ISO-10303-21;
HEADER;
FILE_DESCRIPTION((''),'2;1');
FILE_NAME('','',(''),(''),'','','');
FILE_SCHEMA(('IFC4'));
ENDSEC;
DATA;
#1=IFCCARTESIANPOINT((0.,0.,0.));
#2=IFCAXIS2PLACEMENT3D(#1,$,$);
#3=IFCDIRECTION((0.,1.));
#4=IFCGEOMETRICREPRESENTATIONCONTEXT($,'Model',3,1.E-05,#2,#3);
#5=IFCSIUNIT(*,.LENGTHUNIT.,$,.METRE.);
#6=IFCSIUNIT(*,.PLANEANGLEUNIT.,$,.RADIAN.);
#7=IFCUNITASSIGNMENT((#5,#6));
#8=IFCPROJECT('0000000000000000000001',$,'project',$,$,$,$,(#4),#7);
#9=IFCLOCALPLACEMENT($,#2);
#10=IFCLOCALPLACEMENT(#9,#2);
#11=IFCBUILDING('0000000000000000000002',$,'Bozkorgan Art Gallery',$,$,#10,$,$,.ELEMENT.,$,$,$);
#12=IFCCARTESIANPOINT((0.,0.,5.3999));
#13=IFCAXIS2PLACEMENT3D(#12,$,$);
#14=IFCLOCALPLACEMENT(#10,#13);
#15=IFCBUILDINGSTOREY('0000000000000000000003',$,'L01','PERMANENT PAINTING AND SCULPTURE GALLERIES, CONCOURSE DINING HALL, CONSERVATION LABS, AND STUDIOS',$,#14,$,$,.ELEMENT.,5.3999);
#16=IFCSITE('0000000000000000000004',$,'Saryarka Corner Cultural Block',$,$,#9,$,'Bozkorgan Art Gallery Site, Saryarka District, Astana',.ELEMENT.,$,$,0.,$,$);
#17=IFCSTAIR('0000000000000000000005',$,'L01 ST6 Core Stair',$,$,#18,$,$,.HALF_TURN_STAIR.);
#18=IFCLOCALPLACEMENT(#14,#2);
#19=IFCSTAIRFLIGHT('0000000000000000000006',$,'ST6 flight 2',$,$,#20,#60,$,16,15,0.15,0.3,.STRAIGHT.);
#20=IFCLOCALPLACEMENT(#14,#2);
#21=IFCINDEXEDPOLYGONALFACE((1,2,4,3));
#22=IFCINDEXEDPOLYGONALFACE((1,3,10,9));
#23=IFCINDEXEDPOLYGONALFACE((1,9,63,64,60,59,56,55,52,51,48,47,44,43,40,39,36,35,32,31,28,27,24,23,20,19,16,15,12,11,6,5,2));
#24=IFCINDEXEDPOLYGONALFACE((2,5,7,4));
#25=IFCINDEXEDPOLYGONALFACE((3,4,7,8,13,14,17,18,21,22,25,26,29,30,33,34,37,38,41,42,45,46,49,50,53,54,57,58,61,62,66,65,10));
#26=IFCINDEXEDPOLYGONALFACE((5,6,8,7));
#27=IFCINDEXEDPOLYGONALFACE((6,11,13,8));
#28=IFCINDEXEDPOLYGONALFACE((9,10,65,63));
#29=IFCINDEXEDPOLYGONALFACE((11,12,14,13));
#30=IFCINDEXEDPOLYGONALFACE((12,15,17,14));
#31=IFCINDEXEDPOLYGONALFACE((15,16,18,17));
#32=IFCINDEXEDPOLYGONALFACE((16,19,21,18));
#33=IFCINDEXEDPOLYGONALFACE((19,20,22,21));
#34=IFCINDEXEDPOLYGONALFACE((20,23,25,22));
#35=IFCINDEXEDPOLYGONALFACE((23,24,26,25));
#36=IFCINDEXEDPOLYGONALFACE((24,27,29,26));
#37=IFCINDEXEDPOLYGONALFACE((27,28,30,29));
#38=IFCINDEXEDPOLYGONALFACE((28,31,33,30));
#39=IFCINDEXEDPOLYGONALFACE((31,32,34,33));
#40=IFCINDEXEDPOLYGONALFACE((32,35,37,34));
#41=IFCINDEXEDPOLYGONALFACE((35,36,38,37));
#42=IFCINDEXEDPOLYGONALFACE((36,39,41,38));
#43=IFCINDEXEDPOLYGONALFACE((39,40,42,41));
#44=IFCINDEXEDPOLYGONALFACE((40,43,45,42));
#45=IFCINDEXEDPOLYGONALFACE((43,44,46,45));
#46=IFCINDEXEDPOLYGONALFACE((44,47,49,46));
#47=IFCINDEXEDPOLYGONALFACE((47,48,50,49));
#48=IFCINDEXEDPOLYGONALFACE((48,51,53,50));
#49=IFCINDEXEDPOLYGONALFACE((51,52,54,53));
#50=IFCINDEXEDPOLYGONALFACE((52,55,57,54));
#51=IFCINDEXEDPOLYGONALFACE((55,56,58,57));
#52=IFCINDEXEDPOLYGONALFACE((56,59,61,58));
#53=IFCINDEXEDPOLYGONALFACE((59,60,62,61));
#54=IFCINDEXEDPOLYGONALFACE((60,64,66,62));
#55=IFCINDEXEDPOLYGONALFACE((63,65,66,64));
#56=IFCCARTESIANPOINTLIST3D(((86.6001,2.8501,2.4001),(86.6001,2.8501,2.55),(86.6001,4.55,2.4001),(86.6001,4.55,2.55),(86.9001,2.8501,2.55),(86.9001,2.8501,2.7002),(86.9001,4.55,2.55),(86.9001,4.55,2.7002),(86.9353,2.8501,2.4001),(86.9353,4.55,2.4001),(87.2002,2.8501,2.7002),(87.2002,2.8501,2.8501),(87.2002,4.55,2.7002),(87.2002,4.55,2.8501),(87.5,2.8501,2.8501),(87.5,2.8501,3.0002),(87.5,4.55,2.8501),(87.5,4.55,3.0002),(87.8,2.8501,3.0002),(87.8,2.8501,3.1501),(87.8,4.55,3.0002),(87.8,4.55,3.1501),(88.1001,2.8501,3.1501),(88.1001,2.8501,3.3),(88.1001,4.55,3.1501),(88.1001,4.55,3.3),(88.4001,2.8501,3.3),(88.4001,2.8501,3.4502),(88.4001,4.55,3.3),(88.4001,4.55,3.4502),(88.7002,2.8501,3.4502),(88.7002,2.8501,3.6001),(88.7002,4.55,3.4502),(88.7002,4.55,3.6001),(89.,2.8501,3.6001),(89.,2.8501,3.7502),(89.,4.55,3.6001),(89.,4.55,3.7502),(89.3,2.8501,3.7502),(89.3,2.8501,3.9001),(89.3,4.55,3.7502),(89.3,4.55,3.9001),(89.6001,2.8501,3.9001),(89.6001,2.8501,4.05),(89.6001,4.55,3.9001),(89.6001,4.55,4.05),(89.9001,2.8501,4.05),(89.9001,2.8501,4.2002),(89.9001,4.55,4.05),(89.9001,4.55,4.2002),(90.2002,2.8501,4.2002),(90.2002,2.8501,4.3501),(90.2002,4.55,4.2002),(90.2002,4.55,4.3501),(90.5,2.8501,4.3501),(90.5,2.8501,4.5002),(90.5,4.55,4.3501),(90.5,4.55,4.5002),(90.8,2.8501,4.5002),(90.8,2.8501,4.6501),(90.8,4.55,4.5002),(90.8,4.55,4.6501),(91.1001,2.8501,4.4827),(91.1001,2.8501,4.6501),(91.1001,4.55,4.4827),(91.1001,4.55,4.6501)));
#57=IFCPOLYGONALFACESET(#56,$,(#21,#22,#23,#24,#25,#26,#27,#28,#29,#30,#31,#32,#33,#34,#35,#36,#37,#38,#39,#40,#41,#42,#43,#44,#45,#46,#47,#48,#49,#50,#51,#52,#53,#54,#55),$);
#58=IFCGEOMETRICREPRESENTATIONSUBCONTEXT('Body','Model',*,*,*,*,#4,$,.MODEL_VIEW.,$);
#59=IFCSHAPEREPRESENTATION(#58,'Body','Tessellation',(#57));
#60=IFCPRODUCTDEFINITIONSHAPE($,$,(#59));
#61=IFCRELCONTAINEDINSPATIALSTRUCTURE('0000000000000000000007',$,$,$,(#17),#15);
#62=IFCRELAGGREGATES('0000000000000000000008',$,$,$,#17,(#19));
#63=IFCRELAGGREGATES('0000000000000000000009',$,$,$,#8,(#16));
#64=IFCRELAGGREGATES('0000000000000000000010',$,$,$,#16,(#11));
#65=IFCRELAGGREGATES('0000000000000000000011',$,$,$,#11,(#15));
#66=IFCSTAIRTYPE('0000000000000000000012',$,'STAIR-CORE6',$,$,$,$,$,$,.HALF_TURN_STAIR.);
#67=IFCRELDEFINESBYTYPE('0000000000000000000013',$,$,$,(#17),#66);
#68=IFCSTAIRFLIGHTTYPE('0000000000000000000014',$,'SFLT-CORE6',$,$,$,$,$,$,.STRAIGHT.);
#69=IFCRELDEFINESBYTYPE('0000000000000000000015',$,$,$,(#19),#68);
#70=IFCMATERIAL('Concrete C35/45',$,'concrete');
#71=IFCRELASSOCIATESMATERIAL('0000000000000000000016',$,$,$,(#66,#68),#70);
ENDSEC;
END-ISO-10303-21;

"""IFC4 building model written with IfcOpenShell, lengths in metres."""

from ifc_helpers import new_model, si_unit, direction, frame, origin, place, context, subcontext, project, spatial, polyline, outline, extrude, material, type_object, element, aggregate, save


model = new_model("IFC4")

# Units and contexts
model_context = context("Model", 3, precision=1e-05, world=origin(), true_north=direction((0.0, 1.0)))
body_context = subcontext(model_context, "Body", "Model", "MODEL_VIEW")
ifc_project = project(units=[si_unit("LENGTHUNIT", "METRE"), si_unit("PLANEANGLEUNIT", "RADIAN")], contexts=[model_context])

# Site, building, storey
site_placement = place(None, origin())
site = spatial("IfcSite", under=ifc_project, at=site_placement, Name="Saryarka Corner Cultural Block", LongName="Bozkorgan Art Gallery Site, Saryarka District, Astana", CompositionType="ELEMENT", RefElevation=0.0)
building_placement = place(site_placement, origin())
building = spatial("IfcBuilding", under=site, at=building_placement, Name="Bozkorgan Art Gallery", CompositionType="ELEMENT")
storey_placement = place(building_placement, frame((0.0, 0.0, 5.3999)))
storey = spatial("IfcBuildingStorey", under=building, at=storey_placement, Name="L01", Description="PERMANENT PAINTING AND SCULPTURE GALLERIES, CONCOURSE DINING HALL, CONSERVATION LABS, AND STUDIOS", CompositionType="ELEMENT", Elevation=5.3999)

# Shared definitions
ifc_material_1 = material(Name="Concrete C35/45", Category="concrete")

# Stair, stair flight
stair_type = type_object("IfcStairType", Name="STAIR-CORE6", PredefinedType="HALF_TURN_STAIR", material=ifc_material_1)
stair_placement = place(storey_placement, origin())
stair = element("IfcStair", 1, at=stair_placement, inside=storey, type_object=stair_type, Name="L01 ST6 Core Stair", PredefinedType="HALF_TURN_STAIR")
stair_flight_type = type_object("IfcStairFlightType", Name="SFLT-CORE6", PredefinedType="STRAIGHT", material=ifc_material_1)
stair_flight_1_placement = place(storey_placement, frame((86.6001, 3.7, 2.4001), z_axis=(0.0, 0.0, 1.0), x_axis=(1.0, 0.0, 0.0)))
stair_flight_1 = element("IfcStairFlight", 2, at=stair_flight_1_placement, type_object=stair_flight_type, Name="ST6 flight 2", NumberOfRisers=16, NumberOfTreads=15, PredefinedType="STRAIGHT", RiserHeight=0.15, TreadLength=0.3, context=body_context, shape_type="SweptSolid", body=[
    extrude(outline(polyline([(0.0, 0.0), (0.0, 0.1499), (0.3, 0.1499), (0.3, 0.3), (0.6001, 0.3), (0.6001, 0.45), (0.8999, 0.45), (0.8999, 0.6001), (1.2, 0.6001), (1.2, 0.75), (1.5, 0.75), (1.5, 0.8999), (1.8, 0.8999), (1.8, 1.05), (2.1001, 1.05), (2.1001, 1.2), (2.3999, 1.2), (2.3999, 1.3501), (2.7, 1.3501), (2.7, 1.5), (3.0, 1.5), (3.0, 1.6499), (3.3, 1.6499), (3.3, 1.8), (3.6001, 1.8), (3.6001, 1.95), (3.8999, 1.95), (3.8999, 2.1001), (4.2, 2.1001), (4.2, 2.25), (4.5, 2.25), (4.5, 2.3999), (4.5, 2.0825), (0.3352, 0.0), (0.0, 0.0)])), frame((0.0, 0.8501, 0.0), z_axis=(0.0, -1.0, 0.0), x_axis=(1.0, 0.0, 0.0)), (0.0, 0.0, 1.0), 1.7),
])
aggregate(stair, [stair_flight_1])

save(model, "model.ifc")
